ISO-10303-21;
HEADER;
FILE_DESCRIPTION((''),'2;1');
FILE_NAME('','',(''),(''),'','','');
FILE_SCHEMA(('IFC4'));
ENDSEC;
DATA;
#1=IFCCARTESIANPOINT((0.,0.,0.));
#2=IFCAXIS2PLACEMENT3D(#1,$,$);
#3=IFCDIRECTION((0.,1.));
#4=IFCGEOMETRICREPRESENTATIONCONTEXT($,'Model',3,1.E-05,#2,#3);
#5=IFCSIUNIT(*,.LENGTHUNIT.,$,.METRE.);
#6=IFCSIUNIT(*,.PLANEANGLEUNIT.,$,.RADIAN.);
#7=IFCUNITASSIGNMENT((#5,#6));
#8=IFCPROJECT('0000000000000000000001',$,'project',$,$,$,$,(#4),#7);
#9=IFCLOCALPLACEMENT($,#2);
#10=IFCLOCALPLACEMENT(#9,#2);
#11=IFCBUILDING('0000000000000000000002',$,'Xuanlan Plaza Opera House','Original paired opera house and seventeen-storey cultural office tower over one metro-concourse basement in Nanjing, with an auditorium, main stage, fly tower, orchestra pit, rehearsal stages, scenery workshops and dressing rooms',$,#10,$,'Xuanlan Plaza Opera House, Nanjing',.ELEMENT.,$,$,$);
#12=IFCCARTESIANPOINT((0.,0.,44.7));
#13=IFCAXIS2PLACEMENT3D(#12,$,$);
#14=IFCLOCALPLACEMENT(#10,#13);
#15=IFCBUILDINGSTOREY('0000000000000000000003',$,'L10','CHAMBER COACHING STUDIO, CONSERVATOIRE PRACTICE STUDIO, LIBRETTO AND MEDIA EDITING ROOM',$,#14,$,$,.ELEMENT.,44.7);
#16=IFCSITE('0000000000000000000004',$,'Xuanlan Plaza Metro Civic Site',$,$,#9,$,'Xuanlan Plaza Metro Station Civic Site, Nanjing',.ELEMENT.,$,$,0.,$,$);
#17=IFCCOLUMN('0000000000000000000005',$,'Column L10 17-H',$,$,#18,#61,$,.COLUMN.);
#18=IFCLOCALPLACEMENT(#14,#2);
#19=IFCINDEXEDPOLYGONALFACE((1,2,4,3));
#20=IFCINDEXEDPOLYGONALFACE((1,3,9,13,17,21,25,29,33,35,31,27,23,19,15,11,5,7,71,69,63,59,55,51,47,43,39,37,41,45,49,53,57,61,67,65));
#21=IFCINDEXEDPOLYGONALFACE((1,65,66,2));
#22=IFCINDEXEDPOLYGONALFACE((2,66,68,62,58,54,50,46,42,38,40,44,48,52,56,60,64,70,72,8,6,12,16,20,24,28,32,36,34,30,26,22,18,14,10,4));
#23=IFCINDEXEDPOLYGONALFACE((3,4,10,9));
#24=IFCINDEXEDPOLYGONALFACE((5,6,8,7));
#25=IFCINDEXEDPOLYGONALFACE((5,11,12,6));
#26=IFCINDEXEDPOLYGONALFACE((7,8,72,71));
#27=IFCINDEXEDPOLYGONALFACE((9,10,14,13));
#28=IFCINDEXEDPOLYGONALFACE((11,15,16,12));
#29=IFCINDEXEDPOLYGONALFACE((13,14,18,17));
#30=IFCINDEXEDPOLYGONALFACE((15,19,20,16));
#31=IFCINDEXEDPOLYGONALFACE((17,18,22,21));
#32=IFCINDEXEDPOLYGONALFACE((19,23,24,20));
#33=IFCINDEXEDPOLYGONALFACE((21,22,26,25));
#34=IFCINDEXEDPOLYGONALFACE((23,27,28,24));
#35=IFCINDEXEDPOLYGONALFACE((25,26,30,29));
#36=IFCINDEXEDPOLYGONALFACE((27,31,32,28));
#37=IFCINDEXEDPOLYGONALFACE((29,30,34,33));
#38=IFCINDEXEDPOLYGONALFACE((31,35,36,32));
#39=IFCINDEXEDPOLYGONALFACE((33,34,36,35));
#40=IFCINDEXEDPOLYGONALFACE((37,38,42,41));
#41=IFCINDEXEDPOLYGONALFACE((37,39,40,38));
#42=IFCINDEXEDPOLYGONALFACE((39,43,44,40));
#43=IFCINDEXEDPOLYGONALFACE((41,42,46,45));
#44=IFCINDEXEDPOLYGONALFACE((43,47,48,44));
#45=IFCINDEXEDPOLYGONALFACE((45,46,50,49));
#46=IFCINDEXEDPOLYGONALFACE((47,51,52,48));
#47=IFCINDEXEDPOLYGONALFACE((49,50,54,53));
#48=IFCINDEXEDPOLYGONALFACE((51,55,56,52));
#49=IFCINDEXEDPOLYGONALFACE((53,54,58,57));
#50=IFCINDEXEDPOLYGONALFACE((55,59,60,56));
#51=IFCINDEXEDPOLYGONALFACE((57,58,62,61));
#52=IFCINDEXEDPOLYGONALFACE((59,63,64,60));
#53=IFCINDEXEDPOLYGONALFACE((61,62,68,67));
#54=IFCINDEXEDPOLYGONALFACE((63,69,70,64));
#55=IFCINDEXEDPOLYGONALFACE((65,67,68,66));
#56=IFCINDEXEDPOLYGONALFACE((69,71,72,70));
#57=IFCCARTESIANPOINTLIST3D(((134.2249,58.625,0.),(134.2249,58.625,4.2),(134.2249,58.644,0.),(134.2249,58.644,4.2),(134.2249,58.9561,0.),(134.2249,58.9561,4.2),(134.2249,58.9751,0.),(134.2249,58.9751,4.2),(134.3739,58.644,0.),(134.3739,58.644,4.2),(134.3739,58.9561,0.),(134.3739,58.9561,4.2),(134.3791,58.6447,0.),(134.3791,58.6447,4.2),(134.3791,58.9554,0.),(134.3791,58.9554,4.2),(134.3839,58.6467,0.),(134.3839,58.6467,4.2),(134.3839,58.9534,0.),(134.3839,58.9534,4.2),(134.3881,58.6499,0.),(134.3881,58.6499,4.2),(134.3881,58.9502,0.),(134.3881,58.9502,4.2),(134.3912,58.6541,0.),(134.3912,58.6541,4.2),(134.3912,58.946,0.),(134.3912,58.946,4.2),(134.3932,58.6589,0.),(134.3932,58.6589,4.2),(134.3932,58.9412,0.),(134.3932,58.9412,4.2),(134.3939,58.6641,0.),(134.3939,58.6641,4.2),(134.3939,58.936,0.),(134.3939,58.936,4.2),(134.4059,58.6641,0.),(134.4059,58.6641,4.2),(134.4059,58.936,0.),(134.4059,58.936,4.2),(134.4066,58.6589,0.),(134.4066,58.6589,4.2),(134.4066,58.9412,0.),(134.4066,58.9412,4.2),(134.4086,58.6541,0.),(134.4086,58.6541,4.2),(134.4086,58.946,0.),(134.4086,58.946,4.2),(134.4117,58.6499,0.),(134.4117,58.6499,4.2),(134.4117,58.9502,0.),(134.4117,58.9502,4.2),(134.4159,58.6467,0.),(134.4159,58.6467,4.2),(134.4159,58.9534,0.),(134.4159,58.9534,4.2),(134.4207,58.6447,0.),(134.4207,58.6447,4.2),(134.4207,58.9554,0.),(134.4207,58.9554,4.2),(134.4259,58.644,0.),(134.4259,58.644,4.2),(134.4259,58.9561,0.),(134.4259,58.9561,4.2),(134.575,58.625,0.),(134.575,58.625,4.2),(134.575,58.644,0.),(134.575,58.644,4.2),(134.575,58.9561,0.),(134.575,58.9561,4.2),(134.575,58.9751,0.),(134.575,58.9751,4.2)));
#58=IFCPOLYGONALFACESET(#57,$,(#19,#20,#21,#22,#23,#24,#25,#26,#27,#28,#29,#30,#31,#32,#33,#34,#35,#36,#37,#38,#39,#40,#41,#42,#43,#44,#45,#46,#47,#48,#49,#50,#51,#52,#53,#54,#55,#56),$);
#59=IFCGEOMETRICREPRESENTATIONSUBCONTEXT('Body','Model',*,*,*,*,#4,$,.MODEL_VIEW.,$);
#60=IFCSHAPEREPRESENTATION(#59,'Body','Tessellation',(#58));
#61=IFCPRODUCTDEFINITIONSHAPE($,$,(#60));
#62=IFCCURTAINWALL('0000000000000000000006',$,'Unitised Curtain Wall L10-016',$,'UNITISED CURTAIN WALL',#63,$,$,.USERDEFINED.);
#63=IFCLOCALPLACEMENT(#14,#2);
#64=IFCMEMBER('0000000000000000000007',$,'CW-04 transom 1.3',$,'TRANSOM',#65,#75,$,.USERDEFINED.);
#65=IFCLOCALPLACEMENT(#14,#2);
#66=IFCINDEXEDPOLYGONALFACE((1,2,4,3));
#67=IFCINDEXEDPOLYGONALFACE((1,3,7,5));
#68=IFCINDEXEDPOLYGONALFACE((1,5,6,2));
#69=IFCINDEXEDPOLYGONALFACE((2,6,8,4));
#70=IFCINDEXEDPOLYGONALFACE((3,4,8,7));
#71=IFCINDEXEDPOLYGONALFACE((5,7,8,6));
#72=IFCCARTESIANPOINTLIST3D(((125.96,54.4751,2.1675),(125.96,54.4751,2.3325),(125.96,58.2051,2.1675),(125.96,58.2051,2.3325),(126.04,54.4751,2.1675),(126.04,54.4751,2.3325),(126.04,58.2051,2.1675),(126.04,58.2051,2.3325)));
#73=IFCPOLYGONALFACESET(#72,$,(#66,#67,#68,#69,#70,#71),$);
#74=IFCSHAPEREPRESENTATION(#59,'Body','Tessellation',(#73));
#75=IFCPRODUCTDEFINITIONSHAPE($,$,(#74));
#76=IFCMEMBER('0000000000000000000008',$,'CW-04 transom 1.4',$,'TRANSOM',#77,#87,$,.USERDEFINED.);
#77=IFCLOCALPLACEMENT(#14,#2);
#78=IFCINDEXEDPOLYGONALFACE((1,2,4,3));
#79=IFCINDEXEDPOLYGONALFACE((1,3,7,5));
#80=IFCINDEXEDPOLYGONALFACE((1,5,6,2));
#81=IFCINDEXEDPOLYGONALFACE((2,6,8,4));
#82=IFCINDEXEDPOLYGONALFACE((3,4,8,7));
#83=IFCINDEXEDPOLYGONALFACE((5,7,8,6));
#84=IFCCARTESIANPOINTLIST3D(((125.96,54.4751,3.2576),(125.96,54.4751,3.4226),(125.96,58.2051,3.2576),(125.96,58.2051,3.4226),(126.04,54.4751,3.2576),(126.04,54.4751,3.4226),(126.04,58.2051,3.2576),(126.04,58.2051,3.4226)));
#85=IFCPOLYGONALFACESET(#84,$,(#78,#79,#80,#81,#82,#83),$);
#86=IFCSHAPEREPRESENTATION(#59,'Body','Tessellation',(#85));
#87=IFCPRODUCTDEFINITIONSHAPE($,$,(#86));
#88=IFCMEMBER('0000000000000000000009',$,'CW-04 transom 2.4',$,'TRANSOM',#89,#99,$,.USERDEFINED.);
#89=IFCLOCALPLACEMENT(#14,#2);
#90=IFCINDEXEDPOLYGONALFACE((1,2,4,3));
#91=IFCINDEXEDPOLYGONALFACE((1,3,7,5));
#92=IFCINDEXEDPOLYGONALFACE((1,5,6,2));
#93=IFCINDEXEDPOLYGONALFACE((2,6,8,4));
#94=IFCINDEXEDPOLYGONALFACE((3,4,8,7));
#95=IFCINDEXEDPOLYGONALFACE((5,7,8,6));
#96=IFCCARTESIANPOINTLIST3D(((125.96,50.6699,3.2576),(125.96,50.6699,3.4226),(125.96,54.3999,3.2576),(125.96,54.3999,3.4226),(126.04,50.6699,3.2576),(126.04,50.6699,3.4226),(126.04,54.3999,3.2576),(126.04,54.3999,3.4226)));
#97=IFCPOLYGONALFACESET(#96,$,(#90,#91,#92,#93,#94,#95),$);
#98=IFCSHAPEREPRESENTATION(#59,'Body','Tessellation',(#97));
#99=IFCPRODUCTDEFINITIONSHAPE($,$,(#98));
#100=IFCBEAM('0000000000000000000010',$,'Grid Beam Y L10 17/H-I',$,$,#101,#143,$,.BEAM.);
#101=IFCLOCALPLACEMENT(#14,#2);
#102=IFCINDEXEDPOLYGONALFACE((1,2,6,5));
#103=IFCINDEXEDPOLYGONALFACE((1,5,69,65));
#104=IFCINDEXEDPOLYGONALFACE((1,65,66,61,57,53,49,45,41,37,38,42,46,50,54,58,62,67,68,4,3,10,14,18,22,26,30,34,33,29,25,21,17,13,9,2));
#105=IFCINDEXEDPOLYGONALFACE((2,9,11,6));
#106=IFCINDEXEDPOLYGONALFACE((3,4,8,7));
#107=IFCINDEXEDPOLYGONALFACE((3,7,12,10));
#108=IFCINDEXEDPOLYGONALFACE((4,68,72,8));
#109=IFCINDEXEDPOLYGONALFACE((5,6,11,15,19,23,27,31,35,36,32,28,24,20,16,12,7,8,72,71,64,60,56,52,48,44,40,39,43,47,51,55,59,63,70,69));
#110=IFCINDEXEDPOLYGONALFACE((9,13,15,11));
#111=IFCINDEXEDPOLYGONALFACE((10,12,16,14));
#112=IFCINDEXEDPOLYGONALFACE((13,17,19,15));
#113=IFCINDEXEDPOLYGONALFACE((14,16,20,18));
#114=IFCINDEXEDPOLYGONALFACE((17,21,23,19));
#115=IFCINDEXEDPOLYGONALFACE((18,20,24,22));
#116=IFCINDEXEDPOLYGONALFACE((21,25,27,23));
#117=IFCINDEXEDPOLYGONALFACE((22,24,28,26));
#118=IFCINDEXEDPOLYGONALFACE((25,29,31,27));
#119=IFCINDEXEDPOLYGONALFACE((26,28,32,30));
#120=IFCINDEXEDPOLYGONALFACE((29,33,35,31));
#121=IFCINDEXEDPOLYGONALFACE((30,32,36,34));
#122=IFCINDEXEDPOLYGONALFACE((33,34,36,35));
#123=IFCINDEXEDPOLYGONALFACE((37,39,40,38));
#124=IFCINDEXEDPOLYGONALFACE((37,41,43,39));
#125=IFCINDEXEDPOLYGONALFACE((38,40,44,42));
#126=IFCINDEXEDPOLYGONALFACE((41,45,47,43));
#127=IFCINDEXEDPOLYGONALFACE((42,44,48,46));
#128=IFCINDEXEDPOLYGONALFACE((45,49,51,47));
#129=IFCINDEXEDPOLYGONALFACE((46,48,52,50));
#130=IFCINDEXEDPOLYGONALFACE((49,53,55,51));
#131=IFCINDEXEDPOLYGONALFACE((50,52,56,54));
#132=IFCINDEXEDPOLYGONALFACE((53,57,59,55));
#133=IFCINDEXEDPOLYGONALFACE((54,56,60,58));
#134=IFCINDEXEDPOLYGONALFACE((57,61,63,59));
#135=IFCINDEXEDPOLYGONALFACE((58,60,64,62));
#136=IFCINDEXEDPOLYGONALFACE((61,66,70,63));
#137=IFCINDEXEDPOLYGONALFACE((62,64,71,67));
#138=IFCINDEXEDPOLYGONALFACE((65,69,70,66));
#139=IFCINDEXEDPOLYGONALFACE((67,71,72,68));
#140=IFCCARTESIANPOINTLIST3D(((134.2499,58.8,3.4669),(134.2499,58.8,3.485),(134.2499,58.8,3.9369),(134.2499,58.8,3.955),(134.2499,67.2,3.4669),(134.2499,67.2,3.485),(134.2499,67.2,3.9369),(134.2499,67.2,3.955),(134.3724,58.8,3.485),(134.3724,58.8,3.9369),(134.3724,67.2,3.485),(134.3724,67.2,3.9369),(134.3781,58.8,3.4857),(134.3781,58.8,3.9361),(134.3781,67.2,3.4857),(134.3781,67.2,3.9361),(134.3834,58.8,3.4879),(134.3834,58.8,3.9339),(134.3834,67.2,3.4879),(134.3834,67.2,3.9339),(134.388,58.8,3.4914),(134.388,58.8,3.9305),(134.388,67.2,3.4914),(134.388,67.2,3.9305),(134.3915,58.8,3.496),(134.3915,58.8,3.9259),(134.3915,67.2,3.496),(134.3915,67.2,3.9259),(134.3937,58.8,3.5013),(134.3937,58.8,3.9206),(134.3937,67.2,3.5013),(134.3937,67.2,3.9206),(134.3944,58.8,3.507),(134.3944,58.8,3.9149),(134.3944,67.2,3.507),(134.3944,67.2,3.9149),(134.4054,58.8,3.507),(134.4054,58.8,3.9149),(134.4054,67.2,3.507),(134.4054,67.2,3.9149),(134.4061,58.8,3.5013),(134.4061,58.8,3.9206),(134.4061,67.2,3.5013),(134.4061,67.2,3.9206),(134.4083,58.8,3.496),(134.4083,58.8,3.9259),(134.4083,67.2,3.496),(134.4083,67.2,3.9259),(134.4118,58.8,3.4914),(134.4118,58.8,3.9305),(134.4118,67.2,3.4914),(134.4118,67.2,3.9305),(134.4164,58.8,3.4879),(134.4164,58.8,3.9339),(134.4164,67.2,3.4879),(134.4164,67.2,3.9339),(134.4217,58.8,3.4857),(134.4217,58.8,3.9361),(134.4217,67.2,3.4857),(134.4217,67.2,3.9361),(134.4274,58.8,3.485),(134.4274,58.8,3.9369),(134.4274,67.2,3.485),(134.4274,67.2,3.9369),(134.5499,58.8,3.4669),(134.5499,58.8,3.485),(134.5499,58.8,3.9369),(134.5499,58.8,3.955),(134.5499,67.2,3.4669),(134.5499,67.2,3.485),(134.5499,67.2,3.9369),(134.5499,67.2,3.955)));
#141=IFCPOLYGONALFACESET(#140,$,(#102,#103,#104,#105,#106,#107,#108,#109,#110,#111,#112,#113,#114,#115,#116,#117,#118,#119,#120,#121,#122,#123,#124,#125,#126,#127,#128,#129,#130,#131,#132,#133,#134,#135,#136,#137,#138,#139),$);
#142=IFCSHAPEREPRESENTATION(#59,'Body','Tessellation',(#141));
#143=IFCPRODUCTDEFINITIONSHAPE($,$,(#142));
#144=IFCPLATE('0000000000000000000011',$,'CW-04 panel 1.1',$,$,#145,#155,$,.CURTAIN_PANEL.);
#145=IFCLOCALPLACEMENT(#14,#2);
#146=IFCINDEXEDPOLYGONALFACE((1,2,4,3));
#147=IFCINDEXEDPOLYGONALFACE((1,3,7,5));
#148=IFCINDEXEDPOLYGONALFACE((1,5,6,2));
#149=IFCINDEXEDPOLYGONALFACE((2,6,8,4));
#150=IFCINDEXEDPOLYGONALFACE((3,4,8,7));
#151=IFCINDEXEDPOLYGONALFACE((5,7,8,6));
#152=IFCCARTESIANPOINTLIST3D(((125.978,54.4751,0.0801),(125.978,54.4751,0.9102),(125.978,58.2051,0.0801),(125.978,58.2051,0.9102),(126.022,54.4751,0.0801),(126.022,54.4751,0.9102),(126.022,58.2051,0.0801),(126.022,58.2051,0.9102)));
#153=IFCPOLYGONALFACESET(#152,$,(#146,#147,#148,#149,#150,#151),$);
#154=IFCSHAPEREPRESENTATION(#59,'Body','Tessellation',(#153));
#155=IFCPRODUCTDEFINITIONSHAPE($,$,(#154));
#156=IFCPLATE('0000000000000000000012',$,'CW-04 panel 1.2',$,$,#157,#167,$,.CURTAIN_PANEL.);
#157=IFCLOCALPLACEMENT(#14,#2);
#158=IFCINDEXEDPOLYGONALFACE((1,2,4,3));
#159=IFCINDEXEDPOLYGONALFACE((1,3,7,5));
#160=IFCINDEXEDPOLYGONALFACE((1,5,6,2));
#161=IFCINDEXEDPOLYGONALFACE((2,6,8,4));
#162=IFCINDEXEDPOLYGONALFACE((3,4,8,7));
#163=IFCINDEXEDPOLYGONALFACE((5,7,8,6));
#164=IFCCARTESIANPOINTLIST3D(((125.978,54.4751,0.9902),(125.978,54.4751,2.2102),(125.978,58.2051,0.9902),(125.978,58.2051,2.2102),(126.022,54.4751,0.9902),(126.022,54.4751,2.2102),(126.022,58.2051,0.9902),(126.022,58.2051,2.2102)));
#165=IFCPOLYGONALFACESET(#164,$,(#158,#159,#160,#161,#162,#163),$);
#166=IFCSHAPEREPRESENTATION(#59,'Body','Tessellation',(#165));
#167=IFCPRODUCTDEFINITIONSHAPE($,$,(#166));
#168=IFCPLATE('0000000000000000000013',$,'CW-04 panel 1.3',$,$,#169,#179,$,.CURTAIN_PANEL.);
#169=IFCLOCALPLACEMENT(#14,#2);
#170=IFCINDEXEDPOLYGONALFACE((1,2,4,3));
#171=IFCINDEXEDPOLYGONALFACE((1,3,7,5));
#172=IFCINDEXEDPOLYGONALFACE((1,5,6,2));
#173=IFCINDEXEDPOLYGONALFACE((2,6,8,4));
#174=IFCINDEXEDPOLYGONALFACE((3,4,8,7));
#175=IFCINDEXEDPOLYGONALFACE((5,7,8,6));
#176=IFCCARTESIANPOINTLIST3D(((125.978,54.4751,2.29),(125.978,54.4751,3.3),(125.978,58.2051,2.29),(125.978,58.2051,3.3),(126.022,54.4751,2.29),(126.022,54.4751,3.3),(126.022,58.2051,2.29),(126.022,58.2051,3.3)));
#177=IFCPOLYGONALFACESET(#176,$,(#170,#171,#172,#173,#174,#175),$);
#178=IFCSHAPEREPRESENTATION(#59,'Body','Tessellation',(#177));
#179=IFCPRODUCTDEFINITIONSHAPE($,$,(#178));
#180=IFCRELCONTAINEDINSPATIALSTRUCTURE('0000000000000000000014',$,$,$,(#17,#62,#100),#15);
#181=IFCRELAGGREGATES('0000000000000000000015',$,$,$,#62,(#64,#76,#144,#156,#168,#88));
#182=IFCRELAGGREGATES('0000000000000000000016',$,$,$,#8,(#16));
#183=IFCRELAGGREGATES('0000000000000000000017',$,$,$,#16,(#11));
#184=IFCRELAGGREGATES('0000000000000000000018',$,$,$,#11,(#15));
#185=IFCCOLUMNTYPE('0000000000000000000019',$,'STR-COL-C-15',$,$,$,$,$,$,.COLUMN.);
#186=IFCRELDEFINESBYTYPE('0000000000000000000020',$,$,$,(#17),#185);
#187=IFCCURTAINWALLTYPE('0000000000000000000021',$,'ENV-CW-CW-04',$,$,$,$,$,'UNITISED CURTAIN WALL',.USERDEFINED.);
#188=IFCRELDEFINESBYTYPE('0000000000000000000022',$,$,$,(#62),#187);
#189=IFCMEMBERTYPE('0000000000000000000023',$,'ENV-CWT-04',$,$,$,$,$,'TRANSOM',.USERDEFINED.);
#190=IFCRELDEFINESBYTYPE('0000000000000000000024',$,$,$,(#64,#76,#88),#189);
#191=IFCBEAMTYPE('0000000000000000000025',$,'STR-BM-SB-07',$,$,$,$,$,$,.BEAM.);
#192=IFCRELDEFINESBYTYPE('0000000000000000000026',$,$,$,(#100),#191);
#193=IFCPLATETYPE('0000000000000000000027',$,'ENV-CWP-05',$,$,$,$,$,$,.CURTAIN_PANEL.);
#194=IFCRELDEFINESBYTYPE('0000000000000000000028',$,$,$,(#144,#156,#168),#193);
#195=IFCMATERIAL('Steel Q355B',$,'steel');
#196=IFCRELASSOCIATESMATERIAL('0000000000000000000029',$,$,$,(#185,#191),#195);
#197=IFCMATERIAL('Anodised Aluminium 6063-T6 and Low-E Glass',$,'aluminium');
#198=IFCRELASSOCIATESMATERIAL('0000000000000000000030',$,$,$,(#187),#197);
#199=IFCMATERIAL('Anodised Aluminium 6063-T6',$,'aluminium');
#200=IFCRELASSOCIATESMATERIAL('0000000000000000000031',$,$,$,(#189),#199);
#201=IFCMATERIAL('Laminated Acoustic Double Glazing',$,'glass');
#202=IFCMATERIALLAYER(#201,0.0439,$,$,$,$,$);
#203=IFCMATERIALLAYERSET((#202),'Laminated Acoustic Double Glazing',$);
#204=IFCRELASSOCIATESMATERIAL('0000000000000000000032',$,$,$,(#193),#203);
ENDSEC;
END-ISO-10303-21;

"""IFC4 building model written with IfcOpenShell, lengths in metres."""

from ifc_helpers import new_model, si_unit, direction, frame, origin, origin_2d, place, context, subcontext, project, spatial, rectangle, i_section, extrude, material, layer, layer_set, material_profile, profile_set, type_object, element, aggregate, save


model = new_model("IFC4")

# Units and contexts
model_context = context("Model", 3, precision=1e-05, world=origin(), true_north=direction((0.0, 1.0)))
body_context = subcontext(model_context, "Body", "Model", "MODEL_VIEW")
ifc_project = project(units=[si_unit("LENGTHUNIT", "METRE"), si_unit("PLANEANGLEUNIT", "RADIAN")], contexts=[model_context])

# Site, building, storey
site_placement = place(None, origin())
site = spatial("IfcSite", under=ifc_project, at=site_placement, Name="Xuanlan Plaza Metro Civic Site", LongName="Xuanlan Plaza Metro Station Civic Site, Nanjing", CompositionType="ELEMENT", RefElevation=0.0)
building_placement = place(site_placement, origin())
building = spatial("IfcBuilding", under=site, at=building_placement, Name="Xuanlan Plaza Opera House", Description="Original paired opera house and seventeen-storey cultural office tower over one metro-concourse basement in Nanjing, with an auditorium, main stage, fly tower, orchestra pit, rehearsal stages, scenery workshops and dressing rooms", LongName="Xuanlan Plaza Opera House, Nanjing", CompositionType="ELEMENT")
storey_placement = place(building_placement, frame((0.0, 0.0, 44.7)))
storey = spatial("IfcBuildingStorey", under=building, at=storey_placement, Name="L10", Description="CHAMBER COACHING STUDIO, CONSERVATOIRE PRACTICE STUDIO, LIBRETTO AND MEDIA EDITING ROOM", CompositionType="ELEMENT", Elevation=44.7)

# Column
ifc_material_1 = material(Name="Steel Q355B", Category="steel")
ifc_material_profile_1 = material_profile(ifc_material_1, i_section(OverallWidth=0.3501, OverallDepth=0.3501, WebThickness=0.012, FlangeThickness=0.019, FilletRadius=0.02, at=origin_2d()), Name="HW 350x350x12x19")
ifc_profile_set_1 = profile_set([ifc_material_profile_1], Name="Steel Q355B")
column_type = type_object("IfcColumnType", Name="STR-COL-C-15", PredefinedType="COLUMN", material=ifc_profile_set_1)
column_placement = place(storey_placement, frame((134.3999, 58.8, 0.0), z_axis=(0.0, 0.0, 1.0), x_axis=(1.0, 0.0, 0.0)))
element("IfcColumn", 1, at=column_placement, inside=storey, type_object=column_type, Name="Column L10 17-H", PredefinedType="COLUMN", context=body_context, shape_type="SweptSolid", body=[
    extrude(i_section(OverallWidth=0.3501, OverallDepth=0.3501, WebThickness=0.012, FlangeThickness=0.019, FilletRadius=0.02, at=origin_2d()), origin(), (0.0, 0.0, 1.0), 4.2),
])

# Curtain wall, members
ifc_material_2 = material(Name="Anodised Aluminium 6063-T6 and Low-E Glass", Category="aluminium")
curtain_wall_type = type_object("IfcCurtainWallType", Name="ENV-CW-CW-04", ElementType="UNITISED CURTAIN WALL", PredefinedType="USERDEFINED", material=ifc_material_2)
curtain_wall_placement = place(storey_placement, origin())
curtain_wall = element("IfcCurtainWall", 2, at=curtain_wall_placement, inside=storey, type_object=curtain_wall_type, Name="Unitised Curtain Wall L10-016", ObjectType="UNITISED CURTAIN WALL", PredefinedType="USERDEFINED")
ifc_material_3 = material(Name="Anodised Aluminium 6063-T6", Category="aluminium")
ifc_material_profile_2 = material_profile(ifc_material_3, rectangle(XDim=0.0801, YDim=0.165, at=origin_2d()), Name="ALU-T 80x165")
ifc_profile_set_2 = profile_set([ifc_material_profile_2], Name="Anodised Aluminium 6063-T6")
member_type = type_object("IfcMemberType", Name="ENV-CWT-04", ElementType="TRANSOM", PredefinedType="USERDEFINED", material=ifc_profile_set_2)
member_1_placement = place(storey_placement, frame((126.0, 58.2051, 2.25), z_axis=(0.0, -1.0, 0.0), x_axis=(1.0, 0.0, 0.0)))
member_1 = element("IfcMember", 3, at=member_1_placement, type_object=member_type, Name="CW-04 transom 1.3", ObjectType="TRANSOM", PredefinedType="USERDEFINED", context=body_context, shape_type="SweptSolid", body=[
    extrude(rectangle(XDim=0.0801, YDim=0.165, at=origin_2d()), origin(), (0.0, 0.0, 1.0), 3.73),
])
member_2_placement = place(storey_placement, frame((126.0, 58.2051, 3.3401), z_axis=(0.0, -1.0, 0.0), x_axis=(1.0, 0.0, 0.0)))
member_2 = element("IfcMember", 4, at=member_2_placement, type_object=member_type, Name="CW-04 transom 1.4", ObjectType="TRANSOM", PredefinedType="USERDEFINED", context=body_context, shape_type="SweptSolid", body=[
    extrude(rectangle(XDim=0.0801, YDim=0.165, at=origin_2d()), origin(), (0.0, 0.0, 1.0), 3.73),
])
member_3_placement = place(storey_placement, frame((126.0, 54.3999, 3.3401), z_axis=(0.0, -1.0, 0.0), x_axis=(1.0, 0.0, 0.0)))
member_3 = element("IfcMember", 5, at=member_3_placement, type_object=member_type, Name="CW-04 transom 2.4", ObjectType="TRANSOM", PredefinedType="USERDEFINED", context=body_context, shape_type="SweptSolid", body=[
    extrude(rectangle(XDim=0.0801, YDim=0.165, at=origin_2d()), origin(), (0.0, 0.0, 1.0), 3.73),
])

# Beam
ifc_material_profile_3 = material_profile(ifc_material_1, i_section(OverallWidth=0.3, OverallDepth=0.488, WebThickness=0.011, FlangeThickness=0.0181, FilletRadius=0.022, at=origin_2d()), Name="HM 488x300x11x18")
ifc_profile_set_3 = profile_set([ifc_material_profile_3], Name="Steel Q355B")
beam_type = type_object("IfcBeamType", Name="STR-BM-SB-07", PredefinedType="BEAM", material=ifc_profile_set_3)
beam_placement = place(storey_placement, frame((134.3999, 58.8, 3.7109), z_axis=(0.0, 1.0, 0.0), x_axis=(-1.0, 0.0, 0.0)))
element("IfcBeam", 6, at=beam_placement, inside=storey, type_object=beam_type, Name="Grid Beam Y L10 17/H-I", PredefinedType="BEAM", context=body_context, shape_type="SweptSolid", body=[
    extrude(i_section(OverallWidth=0.3, OverallDepth=0.488, WebThickness=0.011, FlangeThickness=0.0181, FilletRadius=0.022, at=origin_2d()), origin(), (0.0, 0.0, 1.0), 8.3999),
])

# Plates
ifc_material_4 = material(Name="Laminated Acoustic Double Glazing", Category="glass")
ifc_layer_1 = layer(ifc_material_4, 0.0439)
ifc_layer_set_1 = layer_set([ifc_layer_1], Name="Laminated Acoustic Double Glazing")
plate_type = type_object("IfcPlateType", Name="ENV-CWP-05", PredefinedType="CURTAIN_PANEL", material=ifc_layer_set_1)
plate_1_placement = place(storey_placement, frame((126.0, 56.3401, 0.0801), z_axis=(0.0, 0.0, 1.0), x_axis=(0.0, -1.0, 0.0)))
plate_1 = element("IfcPlate", 7, at=plate_1_placement, type_object=plate_type, Name="CW-04 panel 1.1", PredefinedType="CURTAIN_PANEL", context=body_context, shape_type="SweptSolid", body=[
    extrude(rectangle(XDim=3.73, YDim=0.0439, at=origin_2d()), origin(), (0.0, 0.0, 1.0), 0.8301),
])
plate_2_placement = place(storey_placement, frame((126.0, 56.3401, 0.9902), z_axis=(0.0, 0.0, 1.0), x_axis=(0.0, -1.0, 0.0)))
plate_2 = element("IfcPlate", 8, at=plate_2_placement, type_object=plate_type, Name="CW-04 panel 1.2", PredefinedType="CURTAIN_PANEL", context=body_context, shape_type="SweptSolid", body=[
    extrude(rectangle(XDim=3.73, YDim=0.0439, at=origin_2d()), origin(), (0.0, 0.0, 1.0), 1.22),
])
plate_3_placement = place(storey_placement, frame((126.0, 56.3401, 2.29), z_axis=(0.0, 0.0, 1.0), x_axis=(0.0, -1.0, 0.0)))
plate_3 = element("IfcPlate", 9, at=plate_3_placement, type_object=plate_type, Name="CW-04 panel 1.3", PredefinedType="CURTAIN_PANEL", context=body_context, shape_type="SweptSolid", body=[
    extrude(rectangle(XDim=3.73, YDim=0.0439, at=origin_2d()), origin(), (0.0, 0.0, 1.0), 1.01),
])
aggregate(curtain_wall, [member_1, member_2, plate_1, plate_2, plate_3, member_3])

save(model, "model.ifc")
